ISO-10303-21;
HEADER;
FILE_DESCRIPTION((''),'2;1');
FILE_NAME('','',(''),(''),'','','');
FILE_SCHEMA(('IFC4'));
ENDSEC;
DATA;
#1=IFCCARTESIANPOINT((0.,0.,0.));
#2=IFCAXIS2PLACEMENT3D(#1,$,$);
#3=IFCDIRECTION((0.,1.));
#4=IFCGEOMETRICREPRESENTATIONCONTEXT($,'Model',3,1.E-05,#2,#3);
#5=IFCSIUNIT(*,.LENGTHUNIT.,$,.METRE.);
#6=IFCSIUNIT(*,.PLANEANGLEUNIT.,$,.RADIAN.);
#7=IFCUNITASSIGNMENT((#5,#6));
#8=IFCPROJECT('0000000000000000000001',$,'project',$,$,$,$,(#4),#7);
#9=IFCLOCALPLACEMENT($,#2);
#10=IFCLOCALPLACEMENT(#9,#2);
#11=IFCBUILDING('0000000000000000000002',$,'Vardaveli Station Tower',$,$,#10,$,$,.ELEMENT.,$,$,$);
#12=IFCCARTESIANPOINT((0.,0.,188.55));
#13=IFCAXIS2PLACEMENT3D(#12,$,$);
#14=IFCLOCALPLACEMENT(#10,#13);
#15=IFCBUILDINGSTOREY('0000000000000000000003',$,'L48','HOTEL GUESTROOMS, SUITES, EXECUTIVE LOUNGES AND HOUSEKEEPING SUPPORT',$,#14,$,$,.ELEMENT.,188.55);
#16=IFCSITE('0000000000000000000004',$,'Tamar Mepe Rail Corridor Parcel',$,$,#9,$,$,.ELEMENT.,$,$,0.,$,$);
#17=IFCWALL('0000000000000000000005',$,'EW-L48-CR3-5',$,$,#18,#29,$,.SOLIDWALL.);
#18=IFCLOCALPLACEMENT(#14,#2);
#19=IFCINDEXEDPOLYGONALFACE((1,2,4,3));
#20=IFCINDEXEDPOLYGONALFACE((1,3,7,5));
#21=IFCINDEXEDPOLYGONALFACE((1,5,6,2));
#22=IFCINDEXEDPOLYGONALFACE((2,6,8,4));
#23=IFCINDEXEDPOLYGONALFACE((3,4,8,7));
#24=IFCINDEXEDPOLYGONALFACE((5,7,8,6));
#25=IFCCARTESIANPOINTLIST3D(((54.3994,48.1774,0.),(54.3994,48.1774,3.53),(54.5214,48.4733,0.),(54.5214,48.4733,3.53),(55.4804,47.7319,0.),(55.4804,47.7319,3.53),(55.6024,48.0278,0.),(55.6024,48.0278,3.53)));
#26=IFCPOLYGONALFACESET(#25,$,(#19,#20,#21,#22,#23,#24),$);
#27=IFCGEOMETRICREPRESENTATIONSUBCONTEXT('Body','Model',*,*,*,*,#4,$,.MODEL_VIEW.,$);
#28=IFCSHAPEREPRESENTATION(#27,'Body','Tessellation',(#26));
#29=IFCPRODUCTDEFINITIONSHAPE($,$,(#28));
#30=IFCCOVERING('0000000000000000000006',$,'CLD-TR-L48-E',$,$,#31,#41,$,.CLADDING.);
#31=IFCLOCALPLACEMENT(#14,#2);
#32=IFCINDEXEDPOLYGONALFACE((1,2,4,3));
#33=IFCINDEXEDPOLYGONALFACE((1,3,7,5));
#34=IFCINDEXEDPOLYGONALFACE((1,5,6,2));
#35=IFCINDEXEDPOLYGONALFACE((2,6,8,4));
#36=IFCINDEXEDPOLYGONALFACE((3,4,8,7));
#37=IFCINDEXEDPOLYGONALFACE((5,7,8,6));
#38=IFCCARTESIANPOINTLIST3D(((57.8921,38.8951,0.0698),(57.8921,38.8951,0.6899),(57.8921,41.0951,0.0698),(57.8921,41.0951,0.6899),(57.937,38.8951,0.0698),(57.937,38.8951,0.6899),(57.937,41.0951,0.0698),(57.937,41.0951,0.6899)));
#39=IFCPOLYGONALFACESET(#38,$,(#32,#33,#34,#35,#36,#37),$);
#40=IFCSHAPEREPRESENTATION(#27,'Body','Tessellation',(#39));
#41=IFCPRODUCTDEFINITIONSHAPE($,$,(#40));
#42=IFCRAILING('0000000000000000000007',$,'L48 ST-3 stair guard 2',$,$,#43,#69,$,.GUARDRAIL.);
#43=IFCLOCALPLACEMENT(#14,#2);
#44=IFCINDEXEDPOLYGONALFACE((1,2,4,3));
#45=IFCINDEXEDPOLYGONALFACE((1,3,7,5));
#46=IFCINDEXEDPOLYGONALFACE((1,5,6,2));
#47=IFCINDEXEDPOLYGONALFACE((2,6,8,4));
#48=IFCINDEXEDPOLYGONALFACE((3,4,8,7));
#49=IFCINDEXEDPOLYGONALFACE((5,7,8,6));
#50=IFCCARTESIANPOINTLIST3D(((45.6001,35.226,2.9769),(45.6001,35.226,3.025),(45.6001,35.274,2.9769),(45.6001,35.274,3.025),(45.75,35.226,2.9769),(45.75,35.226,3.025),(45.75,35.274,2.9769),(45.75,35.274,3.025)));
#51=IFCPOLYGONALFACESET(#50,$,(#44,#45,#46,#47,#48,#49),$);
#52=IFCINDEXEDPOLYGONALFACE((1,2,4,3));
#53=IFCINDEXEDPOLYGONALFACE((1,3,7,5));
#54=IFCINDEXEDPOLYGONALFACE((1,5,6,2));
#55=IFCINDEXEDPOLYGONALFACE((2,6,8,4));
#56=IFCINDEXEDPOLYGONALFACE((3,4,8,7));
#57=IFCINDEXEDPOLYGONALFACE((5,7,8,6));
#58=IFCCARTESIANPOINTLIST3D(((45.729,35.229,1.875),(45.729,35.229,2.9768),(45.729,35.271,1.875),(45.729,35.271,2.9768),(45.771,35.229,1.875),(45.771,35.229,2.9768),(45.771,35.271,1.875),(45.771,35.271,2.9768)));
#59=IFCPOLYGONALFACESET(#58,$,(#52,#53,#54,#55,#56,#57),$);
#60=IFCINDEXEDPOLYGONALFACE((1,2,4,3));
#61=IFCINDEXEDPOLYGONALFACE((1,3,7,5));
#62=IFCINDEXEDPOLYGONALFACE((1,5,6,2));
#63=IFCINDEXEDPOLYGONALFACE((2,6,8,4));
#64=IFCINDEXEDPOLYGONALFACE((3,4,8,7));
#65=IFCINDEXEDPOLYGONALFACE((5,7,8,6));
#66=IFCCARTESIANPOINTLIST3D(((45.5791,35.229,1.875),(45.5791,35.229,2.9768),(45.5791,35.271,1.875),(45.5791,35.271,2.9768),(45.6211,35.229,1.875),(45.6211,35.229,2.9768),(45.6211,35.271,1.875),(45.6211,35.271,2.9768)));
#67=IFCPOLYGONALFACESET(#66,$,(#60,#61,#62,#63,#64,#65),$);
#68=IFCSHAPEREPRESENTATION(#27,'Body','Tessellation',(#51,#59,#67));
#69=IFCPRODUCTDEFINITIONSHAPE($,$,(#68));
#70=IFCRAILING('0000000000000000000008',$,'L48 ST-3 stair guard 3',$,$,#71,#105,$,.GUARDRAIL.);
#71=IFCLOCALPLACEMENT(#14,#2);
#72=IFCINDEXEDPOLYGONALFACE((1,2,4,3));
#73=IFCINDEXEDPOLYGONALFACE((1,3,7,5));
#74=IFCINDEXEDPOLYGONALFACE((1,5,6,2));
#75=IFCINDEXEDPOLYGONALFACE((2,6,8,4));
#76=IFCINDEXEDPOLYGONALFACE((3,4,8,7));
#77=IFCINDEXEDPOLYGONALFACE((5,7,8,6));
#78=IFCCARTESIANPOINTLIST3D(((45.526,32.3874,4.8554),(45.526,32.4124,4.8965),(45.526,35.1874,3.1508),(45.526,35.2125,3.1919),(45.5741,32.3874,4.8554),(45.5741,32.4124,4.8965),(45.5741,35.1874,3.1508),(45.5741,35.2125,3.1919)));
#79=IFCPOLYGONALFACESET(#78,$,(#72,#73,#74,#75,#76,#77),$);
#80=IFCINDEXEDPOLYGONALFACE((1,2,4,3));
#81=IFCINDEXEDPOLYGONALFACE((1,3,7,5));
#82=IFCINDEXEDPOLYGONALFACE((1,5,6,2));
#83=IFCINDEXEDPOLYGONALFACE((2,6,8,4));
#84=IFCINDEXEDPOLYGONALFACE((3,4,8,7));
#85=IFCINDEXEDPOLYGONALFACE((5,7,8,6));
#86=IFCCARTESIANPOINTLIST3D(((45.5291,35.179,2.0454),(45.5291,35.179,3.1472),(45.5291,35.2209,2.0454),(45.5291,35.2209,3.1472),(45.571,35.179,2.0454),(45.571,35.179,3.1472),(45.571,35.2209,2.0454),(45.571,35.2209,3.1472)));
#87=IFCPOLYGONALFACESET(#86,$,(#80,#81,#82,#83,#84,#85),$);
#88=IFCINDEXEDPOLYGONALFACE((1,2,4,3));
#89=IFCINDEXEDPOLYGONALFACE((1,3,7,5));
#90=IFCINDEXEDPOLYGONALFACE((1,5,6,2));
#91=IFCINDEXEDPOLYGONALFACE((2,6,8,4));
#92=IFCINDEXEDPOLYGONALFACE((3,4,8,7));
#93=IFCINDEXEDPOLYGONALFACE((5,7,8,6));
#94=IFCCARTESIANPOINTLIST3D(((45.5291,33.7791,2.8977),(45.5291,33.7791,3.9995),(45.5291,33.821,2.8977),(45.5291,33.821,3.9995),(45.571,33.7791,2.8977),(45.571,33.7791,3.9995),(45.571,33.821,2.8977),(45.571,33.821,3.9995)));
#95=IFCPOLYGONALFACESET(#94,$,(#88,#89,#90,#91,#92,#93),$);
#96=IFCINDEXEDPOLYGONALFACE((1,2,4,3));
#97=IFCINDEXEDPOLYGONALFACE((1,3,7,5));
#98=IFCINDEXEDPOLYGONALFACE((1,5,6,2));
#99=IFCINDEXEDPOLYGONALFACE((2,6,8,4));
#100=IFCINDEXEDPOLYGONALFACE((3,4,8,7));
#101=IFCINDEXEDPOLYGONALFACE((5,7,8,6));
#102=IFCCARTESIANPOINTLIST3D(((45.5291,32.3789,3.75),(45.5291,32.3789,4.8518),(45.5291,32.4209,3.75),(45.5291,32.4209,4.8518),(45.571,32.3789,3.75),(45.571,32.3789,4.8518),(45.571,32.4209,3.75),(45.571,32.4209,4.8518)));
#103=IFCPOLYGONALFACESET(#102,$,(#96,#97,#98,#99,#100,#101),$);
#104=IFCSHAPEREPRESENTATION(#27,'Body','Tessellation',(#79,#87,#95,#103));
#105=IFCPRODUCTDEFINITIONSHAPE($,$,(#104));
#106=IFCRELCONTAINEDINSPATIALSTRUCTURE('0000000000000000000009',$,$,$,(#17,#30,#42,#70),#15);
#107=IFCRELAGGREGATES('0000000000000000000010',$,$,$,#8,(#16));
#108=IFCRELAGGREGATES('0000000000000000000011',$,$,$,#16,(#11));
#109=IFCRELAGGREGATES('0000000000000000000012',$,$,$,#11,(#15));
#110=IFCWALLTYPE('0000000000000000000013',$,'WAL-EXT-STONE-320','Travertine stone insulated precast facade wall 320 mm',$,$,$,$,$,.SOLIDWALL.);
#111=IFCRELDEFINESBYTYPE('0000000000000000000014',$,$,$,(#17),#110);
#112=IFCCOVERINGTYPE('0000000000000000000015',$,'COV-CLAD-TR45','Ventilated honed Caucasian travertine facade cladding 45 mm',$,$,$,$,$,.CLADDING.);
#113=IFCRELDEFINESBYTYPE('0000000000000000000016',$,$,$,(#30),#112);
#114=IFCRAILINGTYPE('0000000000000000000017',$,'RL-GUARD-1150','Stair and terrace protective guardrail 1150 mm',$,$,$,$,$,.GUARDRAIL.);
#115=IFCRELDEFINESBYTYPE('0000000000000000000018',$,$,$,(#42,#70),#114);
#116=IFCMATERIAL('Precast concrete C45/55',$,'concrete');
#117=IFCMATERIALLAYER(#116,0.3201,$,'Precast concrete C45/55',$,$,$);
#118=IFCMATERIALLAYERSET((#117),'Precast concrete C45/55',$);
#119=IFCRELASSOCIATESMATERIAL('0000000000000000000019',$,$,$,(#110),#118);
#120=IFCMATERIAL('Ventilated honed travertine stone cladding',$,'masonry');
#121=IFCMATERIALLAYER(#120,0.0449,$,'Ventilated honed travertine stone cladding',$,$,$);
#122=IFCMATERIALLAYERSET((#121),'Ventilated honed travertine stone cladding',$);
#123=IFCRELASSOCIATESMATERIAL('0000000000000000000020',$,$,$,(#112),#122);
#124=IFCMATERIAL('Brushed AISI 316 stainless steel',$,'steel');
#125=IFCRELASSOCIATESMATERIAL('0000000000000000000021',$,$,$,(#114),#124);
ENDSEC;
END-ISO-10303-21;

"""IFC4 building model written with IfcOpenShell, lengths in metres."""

from ifc_helpers import new_model, si_unit, direction, frame, frame_2d, origin, origin_2d, place, context, subcontext, project, spatial, rectangle, extrude, source, transform, mapped, material, layer, layer_set, type_object, element, save


model = new_model("IFC4")

# Units and contexts
model_context = context("Model", 3, precision=1e-05, world=origin(), true_north=direction((0.0, 1.0)))
body_context = subcontext(model_context, "Body", "Model", "MODEL_VIEW")
ifc_project = project(units=[si_unit("LENGTHUNIT", "METRE"), si_unit("PLANEANGLEUNIT", "RADIAN")], contexts=[model_context])

# Site, building, storey
site_placement = place(None, origin())
site = spatial("IfcSite", under=ifc_project, at=site_placement, Name="Tamar Mepe Rail Corridor Parcel", CompositionType="ELEMENT", RefElevation=0.0)
building_placement = place(site_placement, origin())
building = spatial("IfcBuilding", under=site, at=building_placement, Name="Vardaveli Station Tower", CompositionType="ELEMENT")
storey_placement = place(building_placement, frame((0.0, 0.0, 188.55)))
storey = spatial("IfcBuildingStorey", under=building, at=storey_placement, Name="L48", Description="HOTEL GUESTROOMS, SUITES, EXECUTIVE LOUNGES AND HOUSEKEEPING SUPPORT", CompositionType="ELEMENT", Elevation=188.55)

# Shared definitions
ifc_material_1 = material(Name="Precast concrete C45/55", Category="concrete")

# Shared definitions
ifc_layer_1 = layer(ifc_material_1, 0.3201, Name="Precast concrete C45/55")
ifc_layer_set_1 = layer_set([ifc_layer_1], Name="Precast concrete C45/55")
wall_type = type_object("IfcWallType", Name="WAL-EXT-STONE-320", Description="Travertine stone insulated precast facade wall 320 mm", PredefinedType="SOLIDWALL", material=ifc_layer_set_1)

# Wall
shared_shape_1 = source(origin(), body_context, "Body", "SweptSolid", [
    extrude(rectangle(XDim=1.1692, YDim=0.3201, at=frame_2d((0.5845, 0.0))), origin(), (0.0, 0.0, 1.0), 3.53),
])
for number, where, z_axis, x_axis, name in (
    (1, (55.5413, 47.8799, 0.0), (0.0, 0.0, 1.0), (-0.924553, 0.381054, 0.0), "EW-L48-CR3-5"),
):
    element("IfcWall", number, at=place(storey_placement, frame(where, z_axis=z_axis, x_axis=x_axis)), inside=storey, type_object=wall_type, Name=name, PredefinedType="SOLIDWALL", context=body_context, shape_type="MappedRepresentation", body=[
        mapped(shared_shape_1, transform((0.0, 0.0, 0.0), scale=1.0)),
    ])

# Covering
ifc_material_2 = material(Name="Ventilated honed travertine stone cladding", Category="masonry")
ifc_layer_2 = layer(ifc_material_2, 0.0449, Name="Ventilated honed travertine stone cladding")
ifc_layer_set_2 = layer_set([ifc_layer_2], Name="Ventilated honed travertine stone cladding")
covering_type = type_object("IfcCoveringType", Name="COV-CLAD-TR45", Description="Ventilated honed Caucasian travertine facade cladding 45 mm", PredefinedType="CLADDING", material=ifc_layer_set_2)
shared_shape_2 = source(origin(), body_context, "Body", "SweptSolid", [
    extrude(rectangle(XDim=2.2, YDim=0.0449, at=origin_2d()), origin(), (0.0, 0.0, 1.0), 0.6201),
])
covering_placement = place(storey_placement, frame((57.9146, 39.9951, 0.0698), z_axis=(0.0, 0.0, 1.0), x_axis=(0.0, 1.0, 0.0)))
element("IfcCovering", 2, at=covering_placement, inside=storey, type_object=covering_type, Name="CLD-TR-L48-E", PredefinedType="CLADDING", context=body_context, shape_type="MappedRepresentation", body=[
    mapped(shared_shape_2, transform((0.0, 0.0, 0.0), scale=1.0)),
])

# Railings
ifc_material_3 = material(Name="Brushed AISI 316 stainless steel", Category="steel")
railing_type = type_object("IfcRailingType", Name="RL-GUARD-1150", Description="Stair and terrace protective guardrail 1150 mm", PredefinedType="GUARDRAIL", material=ifc_material_3)
shared_shape_3 = source(origin(), body_context, "Body", "SweptSolid", [
    extrude(rectangle(XDim=0.0481, YDim=0.0481, at=origin_2d()), frame((0.0, 0.0, 1.126), z_axis=(-1.0, 0.0, 0.0), x_axis=(0.0, -1.0, 0.0)), (0.0, 0.0, 1.0), 0.1499),
    extrude(rectangle(XDim=0.042, YDim=0.042, at=origin_2d()), origin(), (0.0, 0.0, 1.0), 1.1018),
    extrude(rectangle(XDim=0.042, YDim=0.042, at=origin_2d()), frame((-0.1499, 0.0, 0.0)), (0.0, 0.0, 1.0), 1.1018),
])
railing_1_placement = place(storey_placement, frame((45.75, 35.25, 1.875)))
element("IfcRailing", 3, at=railing_1_placement, inside=storey, type_object=railing_type, Name="L48 ST-3 stair guard 2", PredefinedType="GUARDRAIL", context=body_context, shape_type="MappedRepresentation", body=[
    mapped(shared_shape_3, transform((0.0, 0.0, 0.0), scale=1.0)),
])
shared_shape_4 = source(origin(), body_context, "Body", "SweptSolid", [
    extrude(rectangle(XDim=0.0481, YDim=0.0481, at=origin_2d()), frame((0.0, 0.0, 1.126), z_axis=(0.0, -0.85417, 0.519994), x_axis=(1.0, 0.0, 0.0)), (0.0, 0.0, 1.0), 3.2781),
    extrude(rectangle(XDim=0.042, YDim=0.042, at=origin_2d()), origin(), (0.0, 0.0, 1.0), 1.1018),
    extrude(rectangle(XDim=0.042, YDim=0.042, at=origin_2d()), frame((0.0, -1.3999, 0.8523)), (0.0, 0.0, 1.0), 1.1018),
    extrude(rectangle(XDim=0.042, YDim=0.042, at=origin_2d()), frame((0.0, -2.8, 1.7046)), (0.0, 0.0, 1.0), 1.1018),
])
railing_2_placement = place(storey_placement, frame((45.55, 35.2, 2.0454)))
element("IfcRailing", 4, at=railing_2_placement, inside=storey, type_object=railing_type, Name="L48 ST-3 stair guard 3", PredefinedType="GUARDRAIL", context=body_context, shape_type="MappedRepresentation", body=[
    mapped(shared_shape_4, transform((0.0, 0.0, 0.0), scale=1.0)),
])

save(model, "model.ifc")
